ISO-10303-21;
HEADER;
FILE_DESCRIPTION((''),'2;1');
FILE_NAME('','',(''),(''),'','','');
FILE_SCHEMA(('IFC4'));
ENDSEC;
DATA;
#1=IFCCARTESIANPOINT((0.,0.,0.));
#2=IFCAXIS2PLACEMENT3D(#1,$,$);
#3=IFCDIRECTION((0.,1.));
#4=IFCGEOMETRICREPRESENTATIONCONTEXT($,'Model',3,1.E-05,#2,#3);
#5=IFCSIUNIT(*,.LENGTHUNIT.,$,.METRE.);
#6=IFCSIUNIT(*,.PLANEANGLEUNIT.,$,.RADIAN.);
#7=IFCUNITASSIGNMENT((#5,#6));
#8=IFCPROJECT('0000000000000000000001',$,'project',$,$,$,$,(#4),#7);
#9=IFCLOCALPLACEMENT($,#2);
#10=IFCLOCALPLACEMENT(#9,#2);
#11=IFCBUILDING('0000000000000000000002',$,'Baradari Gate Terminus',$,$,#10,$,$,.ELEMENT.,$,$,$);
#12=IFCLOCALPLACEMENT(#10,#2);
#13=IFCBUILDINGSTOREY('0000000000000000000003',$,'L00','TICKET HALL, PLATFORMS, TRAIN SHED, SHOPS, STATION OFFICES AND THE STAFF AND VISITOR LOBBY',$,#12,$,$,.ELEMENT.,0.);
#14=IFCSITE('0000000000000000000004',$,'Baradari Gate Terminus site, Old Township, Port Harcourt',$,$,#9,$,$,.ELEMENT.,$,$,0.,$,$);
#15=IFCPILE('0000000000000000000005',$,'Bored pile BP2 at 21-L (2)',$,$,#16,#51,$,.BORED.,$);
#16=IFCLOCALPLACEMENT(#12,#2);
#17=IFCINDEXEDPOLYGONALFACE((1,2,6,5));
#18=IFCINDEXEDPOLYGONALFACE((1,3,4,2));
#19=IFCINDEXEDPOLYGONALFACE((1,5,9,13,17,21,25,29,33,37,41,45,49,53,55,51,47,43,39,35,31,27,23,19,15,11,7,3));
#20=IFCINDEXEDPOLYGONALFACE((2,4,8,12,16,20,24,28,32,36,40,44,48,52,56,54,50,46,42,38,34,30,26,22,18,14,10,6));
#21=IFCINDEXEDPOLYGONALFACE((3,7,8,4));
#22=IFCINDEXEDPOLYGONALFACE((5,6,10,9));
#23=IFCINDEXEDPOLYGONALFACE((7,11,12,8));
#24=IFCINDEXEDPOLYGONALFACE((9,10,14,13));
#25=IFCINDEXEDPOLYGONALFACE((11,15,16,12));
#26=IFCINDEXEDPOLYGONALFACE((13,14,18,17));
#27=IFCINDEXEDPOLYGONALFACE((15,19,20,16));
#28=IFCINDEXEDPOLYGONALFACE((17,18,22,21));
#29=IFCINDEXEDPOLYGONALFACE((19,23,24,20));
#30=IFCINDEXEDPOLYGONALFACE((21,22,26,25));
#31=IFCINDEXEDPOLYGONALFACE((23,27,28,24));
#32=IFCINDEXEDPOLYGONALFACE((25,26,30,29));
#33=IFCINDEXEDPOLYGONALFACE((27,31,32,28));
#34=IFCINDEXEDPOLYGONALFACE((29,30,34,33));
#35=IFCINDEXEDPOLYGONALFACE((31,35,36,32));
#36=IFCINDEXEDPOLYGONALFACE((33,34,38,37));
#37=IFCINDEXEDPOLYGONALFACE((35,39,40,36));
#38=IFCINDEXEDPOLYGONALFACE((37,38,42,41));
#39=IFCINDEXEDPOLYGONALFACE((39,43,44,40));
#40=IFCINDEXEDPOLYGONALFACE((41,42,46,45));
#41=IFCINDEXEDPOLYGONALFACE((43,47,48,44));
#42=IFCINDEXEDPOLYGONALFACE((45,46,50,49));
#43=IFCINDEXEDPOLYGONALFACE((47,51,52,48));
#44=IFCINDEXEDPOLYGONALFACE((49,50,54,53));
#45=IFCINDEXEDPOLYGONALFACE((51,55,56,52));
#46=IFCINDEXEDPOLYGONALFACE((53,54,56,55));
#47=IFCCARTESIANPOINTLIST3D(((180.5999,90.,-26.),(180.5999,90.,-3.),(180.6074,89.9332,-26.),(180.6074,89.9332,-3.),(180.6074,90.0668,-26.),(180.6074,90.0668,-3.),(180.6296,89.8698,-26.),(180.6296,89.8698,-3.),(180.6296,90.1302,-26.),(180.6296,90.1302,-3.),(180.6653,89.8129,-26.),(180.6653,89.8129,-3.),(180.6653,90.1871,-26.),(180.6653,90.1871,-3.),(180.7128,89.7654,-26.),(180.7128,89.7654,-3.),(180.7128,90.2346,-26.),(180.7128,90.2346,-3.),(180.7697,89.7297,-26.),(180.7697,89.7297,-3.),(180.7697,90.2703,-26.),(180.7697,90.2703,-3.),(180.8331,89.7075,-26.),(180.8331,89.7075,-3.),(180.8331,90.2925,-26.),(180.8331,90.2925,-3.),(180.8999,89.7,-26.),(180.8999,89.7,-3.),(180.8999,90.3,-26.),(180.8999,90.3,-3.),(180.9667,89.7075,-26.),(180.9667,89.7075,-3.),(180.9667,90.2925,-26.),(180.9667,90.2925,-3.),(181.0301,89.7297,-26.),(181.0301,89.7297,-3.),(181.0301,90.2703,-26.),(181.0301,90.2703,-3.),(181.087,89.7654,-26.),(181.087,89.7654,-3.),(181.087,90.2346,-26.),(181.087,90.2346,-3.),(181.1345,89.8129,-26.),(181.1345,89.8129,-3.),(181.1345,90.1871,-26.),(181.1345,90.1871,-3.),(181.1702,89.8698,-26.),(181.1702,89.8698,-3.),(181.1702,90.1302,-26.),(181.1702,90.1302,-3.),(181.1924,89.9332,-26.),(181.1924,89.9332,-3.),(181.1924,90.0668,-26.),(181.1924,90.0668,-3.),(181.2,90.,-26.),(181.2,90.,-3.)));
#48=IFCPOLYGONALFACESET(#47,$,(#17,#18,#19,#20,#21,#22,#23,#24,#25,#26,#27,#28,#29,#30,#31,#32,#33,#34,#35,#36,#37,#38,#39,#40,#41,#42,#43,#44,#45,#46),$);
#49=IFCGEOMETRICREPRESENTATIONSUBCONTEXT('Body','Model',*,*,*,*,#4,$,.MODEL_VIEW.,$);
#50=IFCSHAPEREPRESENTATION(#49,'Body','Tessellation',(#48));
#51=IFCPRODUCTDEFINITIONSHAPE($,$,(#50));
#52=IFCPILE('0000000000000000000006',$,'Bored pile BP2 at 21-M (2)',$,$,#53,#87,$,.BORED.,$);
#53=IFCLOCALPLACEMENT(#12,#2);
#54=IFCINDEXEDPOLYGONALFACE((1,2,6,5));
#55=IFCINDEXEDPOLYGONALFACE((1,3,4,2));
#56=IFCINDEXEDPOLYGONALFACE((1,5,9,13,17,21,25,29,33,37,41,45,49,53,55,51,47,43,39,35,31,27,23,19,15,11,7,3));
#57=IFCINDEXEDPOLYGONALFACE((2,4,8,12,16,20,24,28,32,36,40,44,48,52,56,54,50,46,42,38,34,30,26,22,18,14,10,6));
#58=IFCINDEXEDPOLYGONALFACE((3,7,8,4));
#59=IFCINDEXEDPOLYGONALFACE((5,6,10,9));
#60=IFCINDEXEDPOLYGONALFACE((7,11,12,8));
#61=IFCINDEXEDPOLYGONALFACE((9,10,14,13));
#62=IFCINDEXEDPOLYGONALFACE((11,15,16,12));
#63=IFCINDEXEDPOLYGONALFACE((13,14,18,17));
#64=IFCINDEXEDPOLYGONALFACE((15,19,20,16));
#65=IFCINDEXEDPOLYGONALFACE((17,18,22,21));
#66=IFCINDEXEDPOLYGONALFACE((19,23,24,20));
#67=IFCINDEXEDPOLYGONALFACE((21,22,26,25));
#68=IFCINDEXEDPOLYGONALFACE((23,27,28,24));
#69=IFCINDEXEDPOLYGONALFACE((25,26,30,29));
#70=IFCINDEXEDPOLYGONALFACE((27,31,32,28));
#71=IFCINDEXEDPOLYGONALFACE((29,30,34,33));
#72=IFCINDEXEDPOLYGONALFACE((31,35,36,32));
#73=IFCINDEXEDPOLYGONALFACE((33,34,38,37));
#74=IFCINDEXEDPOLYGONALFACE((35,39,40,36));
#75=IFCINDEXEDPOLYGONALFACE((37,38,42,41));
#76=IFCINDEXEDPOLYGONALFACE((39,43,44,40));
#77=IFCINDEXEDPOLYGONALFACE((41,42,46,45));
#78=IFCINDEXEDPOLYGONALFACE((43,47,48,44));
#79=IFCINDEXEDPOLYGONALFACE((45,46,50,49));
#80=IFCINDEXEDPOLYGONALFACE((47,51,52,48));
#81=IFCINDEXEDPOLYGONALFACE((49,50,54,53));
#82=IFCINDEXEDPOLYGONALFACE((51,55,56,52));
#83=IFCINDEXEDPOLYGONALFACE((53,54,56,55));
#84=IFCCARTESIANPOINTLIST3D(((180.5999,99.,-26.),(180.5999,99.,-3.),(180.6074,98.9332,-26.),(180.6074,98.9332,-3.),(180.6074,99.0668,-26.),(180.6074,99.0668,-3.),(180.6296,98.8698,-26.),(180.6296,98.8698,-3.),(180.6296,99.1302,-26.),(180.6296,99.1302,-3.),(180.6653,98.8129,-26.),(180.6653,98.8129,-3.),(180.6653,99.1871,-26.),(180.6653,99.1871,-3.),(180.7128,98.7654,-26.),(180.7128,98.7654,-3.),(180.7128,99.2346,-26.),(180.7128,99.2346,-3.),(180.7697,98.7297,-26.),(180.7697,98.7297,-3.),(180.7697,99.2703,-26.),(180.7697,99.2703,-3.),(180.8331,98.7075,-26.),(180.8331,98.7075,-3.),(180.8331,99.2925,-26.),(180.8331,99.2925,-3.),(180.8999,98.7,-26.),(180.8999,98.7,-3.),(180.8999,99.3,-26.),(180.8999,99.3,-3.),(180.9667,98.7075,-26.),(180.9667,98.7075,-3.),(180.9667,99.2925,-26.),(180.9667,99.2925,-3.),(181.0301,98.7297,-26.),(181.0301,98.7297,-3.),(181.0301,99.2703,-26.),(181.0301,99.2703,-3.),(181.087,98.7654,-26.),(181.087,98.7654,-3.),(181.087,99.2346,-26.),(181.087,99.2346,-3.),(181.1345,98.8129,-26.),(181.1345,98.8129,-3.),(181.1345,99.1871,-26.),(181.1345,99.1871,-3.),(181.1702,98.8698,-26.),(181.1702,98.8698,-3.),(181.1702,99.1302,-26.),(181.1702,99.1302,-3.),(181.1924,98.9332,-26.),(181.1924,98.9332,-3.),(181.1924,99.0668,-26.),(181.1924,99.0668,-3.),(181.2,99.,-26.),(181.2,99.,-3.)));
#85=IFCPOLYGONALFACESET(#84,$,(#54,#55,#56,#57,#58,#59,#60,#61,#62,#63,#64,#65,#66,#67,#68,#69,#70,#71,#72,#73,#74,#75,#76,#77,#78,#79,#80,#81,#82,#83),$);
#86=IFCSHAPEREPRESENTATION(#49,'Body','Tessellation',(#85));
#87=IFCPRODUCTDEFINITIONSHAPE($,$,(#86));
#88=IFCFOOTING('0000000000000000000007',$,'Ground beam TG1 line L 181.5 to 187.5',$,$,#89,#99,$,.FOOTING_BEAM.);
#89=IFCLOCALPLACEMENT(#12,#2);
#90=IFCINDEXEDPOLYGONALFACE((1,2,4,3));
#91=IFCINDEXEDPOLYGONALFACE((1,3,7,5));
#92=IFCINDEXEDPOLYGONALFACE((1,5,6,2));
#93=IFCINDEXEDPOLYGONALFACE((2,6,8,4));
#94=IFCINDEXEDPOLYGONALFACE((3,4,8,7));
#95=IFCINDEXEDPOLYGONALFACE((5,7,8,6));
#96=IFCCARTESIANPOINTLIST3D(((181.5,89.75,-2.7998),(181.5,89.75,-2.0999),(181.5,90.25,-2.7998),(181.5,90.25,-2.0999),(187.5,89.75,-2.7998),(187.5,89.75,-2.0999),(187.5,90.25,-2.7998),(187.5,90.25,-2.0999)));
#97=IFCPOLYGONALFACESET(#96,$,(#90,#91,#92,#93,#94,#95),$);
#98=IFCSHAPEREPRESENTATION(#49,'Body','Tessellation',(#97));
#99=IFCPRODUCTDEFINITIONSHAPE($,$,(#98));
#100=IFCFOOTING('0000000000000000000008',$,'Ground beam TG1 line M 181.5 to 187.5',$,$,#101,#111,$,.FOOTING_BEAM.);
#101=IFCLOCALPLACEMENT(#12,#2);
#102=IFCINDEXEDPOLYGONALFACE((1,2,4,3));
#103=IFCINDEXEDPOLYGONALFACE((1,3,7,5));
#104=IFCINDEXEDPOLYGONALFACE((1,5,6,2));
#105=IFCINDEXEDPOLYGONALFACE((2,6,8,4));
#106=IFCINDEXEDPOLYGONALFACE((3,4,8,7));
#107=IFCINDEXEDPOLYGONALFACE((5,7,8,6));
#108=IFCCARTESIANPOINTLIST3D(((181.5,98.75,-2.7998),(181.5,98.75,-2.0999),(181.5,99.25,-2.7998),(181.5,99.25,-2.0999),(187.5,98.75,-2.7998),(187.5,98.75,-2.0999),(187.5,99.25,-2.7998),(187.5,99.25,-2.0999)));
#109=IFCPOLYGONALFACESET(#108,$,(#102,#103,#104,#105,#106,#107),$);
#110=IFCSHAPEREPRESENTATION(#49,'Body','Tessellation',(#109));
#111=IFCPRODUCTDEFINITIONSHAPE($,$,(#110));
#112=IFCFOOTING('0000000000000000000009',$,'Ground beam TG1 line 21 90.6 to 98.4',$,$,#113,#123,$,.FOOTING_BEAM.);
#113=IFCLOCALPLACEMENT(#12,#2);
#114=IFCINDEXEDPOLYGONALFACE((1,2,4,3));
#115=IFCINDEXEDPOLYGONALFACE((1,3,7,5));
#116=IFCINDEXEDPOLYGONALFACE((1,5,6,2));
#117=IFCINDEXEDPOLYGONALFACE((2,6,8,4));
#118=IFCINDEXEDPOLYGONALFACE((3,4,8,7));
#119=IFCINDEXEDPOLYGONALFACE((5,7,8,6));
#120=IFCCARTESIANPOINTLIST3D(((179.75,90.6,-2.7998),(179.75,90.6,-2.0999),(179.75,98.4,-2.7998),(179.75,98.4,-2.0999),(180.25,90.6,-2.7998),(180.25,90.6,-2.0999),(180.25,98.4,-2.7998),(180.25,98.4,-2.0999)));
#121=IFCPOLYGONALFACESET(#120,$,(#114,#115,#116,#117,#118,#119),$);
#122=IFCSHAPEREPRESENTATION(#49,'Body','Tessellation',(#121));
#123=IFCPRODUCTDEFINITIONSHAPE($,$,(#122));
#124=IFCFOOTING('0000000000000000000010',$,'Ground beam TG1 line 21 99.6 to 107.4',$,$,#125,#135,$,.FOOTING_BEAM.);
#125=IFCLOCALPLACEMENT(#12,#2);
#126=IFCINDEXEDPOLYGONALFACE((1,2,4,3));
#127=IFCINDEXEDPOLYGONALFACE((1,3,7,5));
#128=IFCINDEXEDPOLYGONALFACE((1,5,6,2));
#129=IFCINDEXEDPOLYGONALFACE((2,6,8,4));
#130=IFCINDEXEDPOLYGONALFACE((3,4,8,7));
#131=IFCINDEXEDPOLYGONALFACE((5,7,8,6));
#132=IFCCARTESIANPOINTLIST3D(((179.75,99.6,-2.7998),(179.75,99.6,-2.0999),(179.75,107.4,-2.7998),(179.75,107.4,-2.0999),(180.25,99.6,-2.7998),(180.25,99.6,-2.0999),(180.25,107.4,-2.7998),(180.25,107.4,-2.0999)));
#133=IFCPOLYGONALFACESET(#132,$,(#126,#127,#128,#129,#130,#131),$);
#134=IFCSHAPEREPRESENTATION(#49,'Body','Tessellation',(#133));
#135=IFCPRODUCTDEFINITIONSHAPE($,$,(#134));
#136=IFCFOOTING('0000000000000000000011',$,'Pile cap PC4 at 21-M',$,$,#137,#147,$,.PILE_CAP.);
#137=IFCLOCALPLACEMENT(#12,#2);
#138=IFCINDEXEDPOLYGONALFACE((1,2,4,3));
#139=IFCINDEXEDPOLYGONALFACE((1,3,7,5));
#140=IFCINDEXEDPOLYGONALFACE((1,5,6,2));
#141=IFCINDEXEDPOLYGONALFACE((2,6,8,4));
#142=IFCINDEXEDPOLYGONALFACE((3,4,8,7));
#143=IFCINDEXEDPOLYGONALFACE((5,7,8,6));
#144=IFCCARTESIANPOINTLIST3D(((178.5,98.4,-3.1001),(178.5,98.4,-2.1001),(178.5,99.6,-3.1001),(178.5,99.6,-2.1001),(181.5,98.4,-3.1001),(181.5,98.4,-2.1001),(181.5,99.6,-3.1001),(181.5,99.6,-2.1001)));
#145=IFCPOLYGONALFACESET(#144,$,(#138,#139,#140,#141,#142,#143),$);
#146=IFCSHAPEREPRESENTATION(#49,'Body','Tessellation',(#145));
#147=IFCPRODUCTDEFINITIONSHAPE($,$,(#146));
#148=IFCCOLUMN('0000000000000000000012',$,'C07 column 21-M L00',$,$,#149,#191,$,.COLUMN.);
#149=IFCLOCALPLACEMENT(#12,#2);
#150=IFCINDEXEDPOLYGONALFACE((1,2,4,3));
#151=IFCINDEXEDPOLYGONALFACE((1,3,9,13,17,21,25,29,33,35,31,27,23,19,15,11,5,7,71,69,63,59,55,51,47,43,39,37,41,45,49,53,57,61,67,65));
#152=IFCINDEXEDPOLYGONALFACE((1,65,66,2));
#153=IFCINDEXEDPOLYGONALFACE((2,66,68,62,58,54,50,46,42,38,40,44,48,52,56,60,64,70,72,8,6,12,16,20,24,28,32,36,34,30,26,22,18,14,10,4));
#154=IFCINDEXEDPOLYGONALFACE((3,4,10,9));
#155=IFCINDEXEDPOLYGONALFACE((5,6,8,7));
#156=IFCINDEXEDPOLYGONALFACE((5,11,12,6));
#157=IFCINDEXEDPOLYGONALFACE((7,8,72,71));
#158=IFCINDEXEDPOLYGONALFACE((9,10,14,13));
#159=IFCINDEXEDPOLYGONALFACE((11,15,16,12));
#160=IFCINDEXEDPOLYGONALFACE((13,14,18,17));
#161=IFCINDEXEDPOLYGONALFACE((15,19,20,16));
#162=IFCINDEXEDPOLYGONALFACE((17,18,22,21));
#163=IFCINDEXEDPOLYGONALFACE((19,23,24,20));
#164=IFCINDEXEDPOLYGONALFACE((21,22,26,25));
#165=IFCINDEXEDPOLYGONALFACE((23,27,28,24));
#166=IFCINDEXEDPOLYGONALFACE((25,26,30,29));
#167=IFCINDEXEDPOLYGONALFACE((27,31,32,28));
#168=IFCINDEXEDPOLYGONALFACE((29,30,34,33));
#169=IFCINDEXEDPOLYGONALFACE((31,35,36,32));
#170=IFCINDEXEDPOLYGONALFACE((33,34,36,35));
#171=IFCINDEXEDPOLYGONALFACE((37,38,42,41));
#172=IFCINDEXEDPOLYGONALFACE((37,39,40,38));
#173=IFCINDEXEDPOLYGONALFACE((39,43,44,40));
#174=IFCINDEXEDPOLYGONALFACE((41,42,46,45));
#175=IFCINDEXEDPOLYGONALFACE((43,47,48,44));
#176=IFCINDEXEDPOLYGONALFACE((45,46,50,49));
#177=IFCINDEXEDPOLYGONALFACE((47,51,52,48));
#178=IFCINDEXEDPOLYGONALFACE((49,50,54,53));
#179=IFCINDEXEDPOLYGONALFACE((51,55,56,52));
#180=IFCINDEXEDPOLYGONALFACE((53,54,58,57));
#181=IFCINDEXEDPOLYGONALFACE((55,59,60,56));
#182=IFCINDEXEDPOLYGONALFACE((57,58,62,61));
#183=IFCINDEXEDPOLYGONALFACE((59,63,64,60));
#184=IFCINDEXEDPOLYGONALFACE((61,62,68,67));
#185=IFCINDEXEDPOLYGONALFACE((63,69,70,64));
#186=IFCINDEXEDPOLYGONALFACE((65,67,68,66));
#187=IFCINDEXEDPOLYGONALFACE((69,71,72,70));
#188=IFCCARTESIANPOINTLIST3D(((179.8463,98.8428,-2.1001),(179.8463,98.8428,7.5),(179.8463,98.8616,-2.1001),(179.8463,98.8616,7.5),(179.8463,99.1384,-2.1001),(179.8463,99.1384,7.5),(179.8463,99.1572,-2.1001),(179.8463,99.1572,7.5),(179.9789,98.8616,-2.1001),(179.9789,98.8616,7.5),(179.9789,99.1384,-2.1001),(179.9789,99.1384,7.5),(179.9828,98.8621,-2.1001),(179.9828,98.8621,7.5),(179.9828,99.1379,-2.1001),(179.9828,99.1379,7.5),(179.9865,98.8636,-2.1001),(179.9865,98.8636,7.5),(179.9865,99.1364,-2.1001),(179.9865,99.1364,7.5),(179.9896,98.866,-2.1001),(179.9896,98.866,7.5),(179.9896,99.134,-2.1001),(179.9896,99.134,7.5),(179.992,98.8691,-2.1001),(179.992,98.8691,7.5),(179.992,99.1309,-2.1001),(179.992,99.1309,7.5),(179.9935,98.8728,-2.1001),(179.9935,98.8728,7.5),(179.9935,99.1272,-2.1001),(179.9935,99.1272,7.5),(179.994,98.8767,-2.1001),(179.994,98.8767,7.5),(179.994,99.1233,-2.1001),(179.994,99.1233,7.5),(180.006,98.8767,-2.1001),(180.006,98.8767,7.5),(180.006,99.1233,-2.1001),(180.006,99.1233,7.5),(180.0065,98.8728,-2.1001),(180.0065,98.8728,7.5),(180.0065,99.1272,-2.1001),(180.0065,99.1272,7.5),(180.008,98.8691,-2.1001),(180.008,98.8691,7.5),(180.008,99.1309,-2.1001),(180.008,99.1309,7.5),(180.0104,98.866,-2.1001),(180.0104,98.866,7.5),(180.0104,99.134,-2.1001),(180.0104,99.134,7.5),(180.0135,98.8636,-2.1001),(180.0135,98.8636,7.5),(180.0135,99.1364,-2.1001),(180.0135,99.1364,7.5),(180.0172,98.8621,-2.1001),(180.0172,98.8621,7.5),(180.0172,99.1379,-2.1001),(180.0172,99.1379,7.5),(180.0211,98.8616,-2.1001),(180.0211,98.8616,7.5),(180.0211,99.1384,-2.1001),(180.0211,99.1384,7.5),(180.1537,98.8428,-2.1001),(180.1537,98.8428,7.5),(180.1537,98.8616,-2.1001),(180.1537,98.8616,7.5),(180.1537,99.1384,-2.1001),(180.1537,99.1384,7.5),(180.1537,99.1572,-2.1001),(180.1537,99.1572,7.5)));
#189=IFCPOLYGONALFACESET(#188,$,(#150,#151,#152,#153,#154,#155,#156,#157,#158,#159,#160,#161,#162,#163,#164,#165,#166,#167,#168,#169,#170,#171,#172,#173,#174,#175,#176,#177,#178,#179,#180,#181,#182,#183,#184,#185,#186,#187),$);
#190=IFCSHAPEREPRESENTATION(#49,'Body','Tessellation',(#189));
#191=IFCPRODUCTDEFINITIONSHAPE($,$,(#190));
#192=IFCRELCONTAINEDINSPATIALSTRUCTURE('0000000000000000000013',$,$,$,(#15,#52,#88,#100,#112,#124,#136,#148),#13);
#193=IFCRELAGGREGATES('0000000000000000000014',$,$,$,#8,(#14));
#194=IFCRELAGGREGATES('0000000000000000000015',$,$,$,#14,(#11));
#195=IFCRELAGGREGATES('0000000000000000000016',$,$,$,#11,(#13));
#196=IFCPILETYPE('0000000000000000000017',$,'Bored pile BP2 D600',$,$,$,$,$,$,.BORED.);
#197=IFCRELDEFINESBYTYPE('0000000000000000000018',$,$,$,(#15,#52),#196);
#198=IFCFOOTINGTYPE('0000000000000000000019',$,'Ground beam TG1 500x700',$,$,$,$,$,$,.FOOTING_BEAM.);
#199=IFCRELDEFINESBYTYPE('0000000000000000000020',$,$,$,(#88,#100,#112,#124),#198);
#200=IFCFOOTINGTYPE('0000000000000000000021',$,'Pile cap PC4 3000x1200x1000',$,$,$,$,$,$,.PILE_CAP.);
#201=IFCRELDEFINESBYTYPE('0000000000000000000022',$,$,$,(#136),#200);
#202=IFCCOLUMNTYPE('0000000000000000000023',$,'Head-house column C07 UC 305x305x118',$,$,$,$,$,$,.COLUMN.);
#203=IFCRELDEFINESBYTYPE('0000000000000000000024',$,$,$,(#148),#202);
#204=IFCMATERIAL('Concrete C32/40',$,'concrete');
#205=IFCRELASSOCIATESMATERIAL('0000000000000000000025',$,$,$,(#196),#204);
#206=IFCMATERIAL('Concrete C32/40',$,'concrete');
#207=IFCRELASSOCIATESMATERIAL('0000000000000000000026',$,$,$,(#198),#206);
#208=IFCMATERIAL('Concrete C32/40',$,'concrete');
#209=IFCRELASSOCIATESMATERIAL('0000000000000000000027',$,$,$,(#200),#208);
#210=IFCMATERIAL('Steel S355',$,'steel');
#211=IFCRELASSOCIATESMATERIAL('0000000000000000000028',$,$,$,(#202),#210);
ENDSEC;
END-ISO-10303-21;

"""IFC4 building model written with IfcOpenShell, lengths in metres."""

from ifc_helpers import new_model, si_unit, direction, frame, origin, origin_2d, place, context, subcontext, project, spatial, rectangle, circle, i_section, extrude, material, material_profile, profile_set, type_object, element, save


model = new_model("IFC4")

# Units and contexts
model_context = context("Model", 3, precision=1e-05, world=origin(), true_north=direction((0.0, 1.0)))
body_context = subcontext(model_context, "Body", "Model", "MODEL_VIEW")
ifc_project = project(units=[si_unit("LENGTHUNIT", "METRE"), si_unit("PLANEANGLEUNIT", "RADIAN")], contexts=[model_context])

# Site, building, storey
site_placement = place(None, origin())
site = spatial("IfcSite", under=ifc_project, at=site_placement, Name="Baradari Gate Terminus site, Old Township, Port Harcourt", CompositionType="ELEMENT", RefElevation=0.0)
building_placement = place(site_placement, origin())
building = spatial("IfcBuilding", under=site, at=building_placement, Name="Baradari Gate Terminus", CompositionType="ELEMENT")
storey_placement = place(building_placement, origin())
storey = spatial("IfcBuildingStorey", under=building, at=storey_placement, Name="L00", Description="TICKET HALL, PLATFORMS, TRAIN SHED, SHOPS, STATION OFFICES AND THE STAFF AND VISITOR LOBBY", CompositionType="ELEMENT", Elevation=0.0)

# Piles
ifc_material_1 = material(Name="Concrete C32/40", Category="concrete")
pile_type = type_object("IfcPileType", Name="Bored pile BP2 D600", PredefinedType="BORED", material=ifc_material_1)
for number, where, z_axis, x_axis, name in (
    (1, (180.8999, 90.0, -3.0), (0.0, 0.0, -1.0), (1.0, 0.0, 0.0), "Bored pile BP2 at 21-L (2)"),
    (2, (180.8999, 99.0, -3.0), (0.0, 0.0, -1.0), (1.0, 0.0, 0.0), "Bored pile BP2 at 21-M (2)"),
):
    element("IfcPile", number, at=place(storey_placement, frame(where, z_axis=z_axis, x_axis=x_axis)), inside=storey, type_object=pile_type, Name=name, PredefinedType="BORED", context=body_context, shape_type="SweptSolid", body=[
        extrude(circle(Radius=0.3, at=origin_2d()), origin(), (0.0, 0.0, 1.0), 23.0),
    ])

# Footings
ifc_material_2 = material(Name="Concrete C32/40", Category="concrete")
footing_type_1 = type_object("IfcFootingType", Name="Ground beam TG1 500x700", PredefinedType="FOOTING_BEAM", material=ifc_material_2)
for number, where, z_axis, x_axis, name in (
    (3, (184.5, 90.0, -2.7998), (0.0, 0.0, 1.0), (1.0, 0.0, 0.0), "Ground beam TG1 line L 181.5 to 187.5"),
    (4, (184.5, 99.0, -2.7998), (0.0, 0.0, 1.0), (1.0, 0.0, 0.0), "Ground beam TG1 line M 181.5 to 187.5"),
):
    element("IfcFooting", number, at=place(storey_placement, frame(where, z_axis=z_axis, x_axis=x_axis)), inside=storey, type_object=footing_type_1, Name=name, PredefinedType="FOOTING_BEAM", context=body_context, shape_type="SweptSolid", body=[
        extrude(rectangle(XDim=6.0, YDim=0.5, at=origin_2d()), origin(), (0.0, 0.0, 1.0), 0.7),
    ])
for number, where, z_axis, x_axis, name in (
    (5, (180.0, 94.5, -2.7998), (0.0, 0.0, 1.0), (1.0, 0.0, 0.0), "Ground beam TG1 line 21 90.6 to 98.4"),
    (6, (180.0, 103.5, -2.7998), (0.0, 0.0, 1.0), (1.0, 0.0, 0.0), "Ground beam TG1 line 21 99.6 to 107.4"),
):
    element("IfcFooting", number, at=place(storey_placement, frame(where, z_axis=z_axis, x_axis=x_axis)), inside=storey, type_object=footing_type_1, Name=name, PredefinedType="FOOTING_BEAM", context=body_context, shape_type="SweptSolid", body=[
        extrude(rectangle(XDim=0.5, YDim=7.8, at=origin_2d()), origin(), (0.0, 0.0, 1.0), 0.7),
    ])
ifc_material_3 = material(Name="Concrete C32/40", Category="concrete")
footing_type_2 = type_object("IfcFootingType", Name="Pile cap PC4 3000x1200x1000", PredefinedType="PILE_CAP", material=ifc_material_3)
footing_placement = place(storey_placement, frame((180.0, 99.0, -3.1001), z_axis=(0.0, 0.0, 1.0), x_axis=(1.0, 0.0, 0.0)))
element("IfcFooting", 7, at=footing_placement, inside=storey, type_object=footing_type_2, Name="Pile cap PC4 at 21-M", PredefinedType="PILE_CAP", context=body_context, shape_type="SweptSolid", body=[
    extrude(rectangle(XDim=3.0, YDim=1.2, at=origin_2d()), origin(), (0.0, 0.0, 1.0), 1.0),
])

# Column
ifc_material_4 = material(Name="Steel S355", Category="steel")
ifc_material_profile_1 = material_profile(ifc_material_4, i_section(OverallWidth=0.3074, OverallDepth=0.3145, WebThickness=0.012, FlangeThickness=0.0188, FilletRadius=0.0151, at=origin_2d()), Name="UC 305x305x118")
ifc_profile_set_1 = profile_set([ifc_material_profile_1], Name="Steel S355")
column_type = type_object("IfcColumnType", Name="Head-house column C07 UC 305x305x118", PredefinedType="COLUMN", material=ifc_profile_set_1)
column_placement = place(storey_placement, frame((180.0, 99.0, -2.1001), z_axis=(0.0, 0.0, 1.0), x_axis=(1.0, 0.0, 0.0)))
element("IfcColumn", 8, at=column_placement, inside=storey, type_object=column_type, Name="C07 column 21-M L00", PredefinedType="COLUMN", context=body_context, shape_type="SweptSolid", body=[
    extrude(i_section(OverallWidth=0.3074, OverallDepth=0.3145, WebThickness=0.012, FlangeThickness=0.0188, FilletRadius=0.0151, at=origin_2d()), origin(), (0.0, 0.0, 1.0), 9.6001),
])

save(model, "model.ifc")
